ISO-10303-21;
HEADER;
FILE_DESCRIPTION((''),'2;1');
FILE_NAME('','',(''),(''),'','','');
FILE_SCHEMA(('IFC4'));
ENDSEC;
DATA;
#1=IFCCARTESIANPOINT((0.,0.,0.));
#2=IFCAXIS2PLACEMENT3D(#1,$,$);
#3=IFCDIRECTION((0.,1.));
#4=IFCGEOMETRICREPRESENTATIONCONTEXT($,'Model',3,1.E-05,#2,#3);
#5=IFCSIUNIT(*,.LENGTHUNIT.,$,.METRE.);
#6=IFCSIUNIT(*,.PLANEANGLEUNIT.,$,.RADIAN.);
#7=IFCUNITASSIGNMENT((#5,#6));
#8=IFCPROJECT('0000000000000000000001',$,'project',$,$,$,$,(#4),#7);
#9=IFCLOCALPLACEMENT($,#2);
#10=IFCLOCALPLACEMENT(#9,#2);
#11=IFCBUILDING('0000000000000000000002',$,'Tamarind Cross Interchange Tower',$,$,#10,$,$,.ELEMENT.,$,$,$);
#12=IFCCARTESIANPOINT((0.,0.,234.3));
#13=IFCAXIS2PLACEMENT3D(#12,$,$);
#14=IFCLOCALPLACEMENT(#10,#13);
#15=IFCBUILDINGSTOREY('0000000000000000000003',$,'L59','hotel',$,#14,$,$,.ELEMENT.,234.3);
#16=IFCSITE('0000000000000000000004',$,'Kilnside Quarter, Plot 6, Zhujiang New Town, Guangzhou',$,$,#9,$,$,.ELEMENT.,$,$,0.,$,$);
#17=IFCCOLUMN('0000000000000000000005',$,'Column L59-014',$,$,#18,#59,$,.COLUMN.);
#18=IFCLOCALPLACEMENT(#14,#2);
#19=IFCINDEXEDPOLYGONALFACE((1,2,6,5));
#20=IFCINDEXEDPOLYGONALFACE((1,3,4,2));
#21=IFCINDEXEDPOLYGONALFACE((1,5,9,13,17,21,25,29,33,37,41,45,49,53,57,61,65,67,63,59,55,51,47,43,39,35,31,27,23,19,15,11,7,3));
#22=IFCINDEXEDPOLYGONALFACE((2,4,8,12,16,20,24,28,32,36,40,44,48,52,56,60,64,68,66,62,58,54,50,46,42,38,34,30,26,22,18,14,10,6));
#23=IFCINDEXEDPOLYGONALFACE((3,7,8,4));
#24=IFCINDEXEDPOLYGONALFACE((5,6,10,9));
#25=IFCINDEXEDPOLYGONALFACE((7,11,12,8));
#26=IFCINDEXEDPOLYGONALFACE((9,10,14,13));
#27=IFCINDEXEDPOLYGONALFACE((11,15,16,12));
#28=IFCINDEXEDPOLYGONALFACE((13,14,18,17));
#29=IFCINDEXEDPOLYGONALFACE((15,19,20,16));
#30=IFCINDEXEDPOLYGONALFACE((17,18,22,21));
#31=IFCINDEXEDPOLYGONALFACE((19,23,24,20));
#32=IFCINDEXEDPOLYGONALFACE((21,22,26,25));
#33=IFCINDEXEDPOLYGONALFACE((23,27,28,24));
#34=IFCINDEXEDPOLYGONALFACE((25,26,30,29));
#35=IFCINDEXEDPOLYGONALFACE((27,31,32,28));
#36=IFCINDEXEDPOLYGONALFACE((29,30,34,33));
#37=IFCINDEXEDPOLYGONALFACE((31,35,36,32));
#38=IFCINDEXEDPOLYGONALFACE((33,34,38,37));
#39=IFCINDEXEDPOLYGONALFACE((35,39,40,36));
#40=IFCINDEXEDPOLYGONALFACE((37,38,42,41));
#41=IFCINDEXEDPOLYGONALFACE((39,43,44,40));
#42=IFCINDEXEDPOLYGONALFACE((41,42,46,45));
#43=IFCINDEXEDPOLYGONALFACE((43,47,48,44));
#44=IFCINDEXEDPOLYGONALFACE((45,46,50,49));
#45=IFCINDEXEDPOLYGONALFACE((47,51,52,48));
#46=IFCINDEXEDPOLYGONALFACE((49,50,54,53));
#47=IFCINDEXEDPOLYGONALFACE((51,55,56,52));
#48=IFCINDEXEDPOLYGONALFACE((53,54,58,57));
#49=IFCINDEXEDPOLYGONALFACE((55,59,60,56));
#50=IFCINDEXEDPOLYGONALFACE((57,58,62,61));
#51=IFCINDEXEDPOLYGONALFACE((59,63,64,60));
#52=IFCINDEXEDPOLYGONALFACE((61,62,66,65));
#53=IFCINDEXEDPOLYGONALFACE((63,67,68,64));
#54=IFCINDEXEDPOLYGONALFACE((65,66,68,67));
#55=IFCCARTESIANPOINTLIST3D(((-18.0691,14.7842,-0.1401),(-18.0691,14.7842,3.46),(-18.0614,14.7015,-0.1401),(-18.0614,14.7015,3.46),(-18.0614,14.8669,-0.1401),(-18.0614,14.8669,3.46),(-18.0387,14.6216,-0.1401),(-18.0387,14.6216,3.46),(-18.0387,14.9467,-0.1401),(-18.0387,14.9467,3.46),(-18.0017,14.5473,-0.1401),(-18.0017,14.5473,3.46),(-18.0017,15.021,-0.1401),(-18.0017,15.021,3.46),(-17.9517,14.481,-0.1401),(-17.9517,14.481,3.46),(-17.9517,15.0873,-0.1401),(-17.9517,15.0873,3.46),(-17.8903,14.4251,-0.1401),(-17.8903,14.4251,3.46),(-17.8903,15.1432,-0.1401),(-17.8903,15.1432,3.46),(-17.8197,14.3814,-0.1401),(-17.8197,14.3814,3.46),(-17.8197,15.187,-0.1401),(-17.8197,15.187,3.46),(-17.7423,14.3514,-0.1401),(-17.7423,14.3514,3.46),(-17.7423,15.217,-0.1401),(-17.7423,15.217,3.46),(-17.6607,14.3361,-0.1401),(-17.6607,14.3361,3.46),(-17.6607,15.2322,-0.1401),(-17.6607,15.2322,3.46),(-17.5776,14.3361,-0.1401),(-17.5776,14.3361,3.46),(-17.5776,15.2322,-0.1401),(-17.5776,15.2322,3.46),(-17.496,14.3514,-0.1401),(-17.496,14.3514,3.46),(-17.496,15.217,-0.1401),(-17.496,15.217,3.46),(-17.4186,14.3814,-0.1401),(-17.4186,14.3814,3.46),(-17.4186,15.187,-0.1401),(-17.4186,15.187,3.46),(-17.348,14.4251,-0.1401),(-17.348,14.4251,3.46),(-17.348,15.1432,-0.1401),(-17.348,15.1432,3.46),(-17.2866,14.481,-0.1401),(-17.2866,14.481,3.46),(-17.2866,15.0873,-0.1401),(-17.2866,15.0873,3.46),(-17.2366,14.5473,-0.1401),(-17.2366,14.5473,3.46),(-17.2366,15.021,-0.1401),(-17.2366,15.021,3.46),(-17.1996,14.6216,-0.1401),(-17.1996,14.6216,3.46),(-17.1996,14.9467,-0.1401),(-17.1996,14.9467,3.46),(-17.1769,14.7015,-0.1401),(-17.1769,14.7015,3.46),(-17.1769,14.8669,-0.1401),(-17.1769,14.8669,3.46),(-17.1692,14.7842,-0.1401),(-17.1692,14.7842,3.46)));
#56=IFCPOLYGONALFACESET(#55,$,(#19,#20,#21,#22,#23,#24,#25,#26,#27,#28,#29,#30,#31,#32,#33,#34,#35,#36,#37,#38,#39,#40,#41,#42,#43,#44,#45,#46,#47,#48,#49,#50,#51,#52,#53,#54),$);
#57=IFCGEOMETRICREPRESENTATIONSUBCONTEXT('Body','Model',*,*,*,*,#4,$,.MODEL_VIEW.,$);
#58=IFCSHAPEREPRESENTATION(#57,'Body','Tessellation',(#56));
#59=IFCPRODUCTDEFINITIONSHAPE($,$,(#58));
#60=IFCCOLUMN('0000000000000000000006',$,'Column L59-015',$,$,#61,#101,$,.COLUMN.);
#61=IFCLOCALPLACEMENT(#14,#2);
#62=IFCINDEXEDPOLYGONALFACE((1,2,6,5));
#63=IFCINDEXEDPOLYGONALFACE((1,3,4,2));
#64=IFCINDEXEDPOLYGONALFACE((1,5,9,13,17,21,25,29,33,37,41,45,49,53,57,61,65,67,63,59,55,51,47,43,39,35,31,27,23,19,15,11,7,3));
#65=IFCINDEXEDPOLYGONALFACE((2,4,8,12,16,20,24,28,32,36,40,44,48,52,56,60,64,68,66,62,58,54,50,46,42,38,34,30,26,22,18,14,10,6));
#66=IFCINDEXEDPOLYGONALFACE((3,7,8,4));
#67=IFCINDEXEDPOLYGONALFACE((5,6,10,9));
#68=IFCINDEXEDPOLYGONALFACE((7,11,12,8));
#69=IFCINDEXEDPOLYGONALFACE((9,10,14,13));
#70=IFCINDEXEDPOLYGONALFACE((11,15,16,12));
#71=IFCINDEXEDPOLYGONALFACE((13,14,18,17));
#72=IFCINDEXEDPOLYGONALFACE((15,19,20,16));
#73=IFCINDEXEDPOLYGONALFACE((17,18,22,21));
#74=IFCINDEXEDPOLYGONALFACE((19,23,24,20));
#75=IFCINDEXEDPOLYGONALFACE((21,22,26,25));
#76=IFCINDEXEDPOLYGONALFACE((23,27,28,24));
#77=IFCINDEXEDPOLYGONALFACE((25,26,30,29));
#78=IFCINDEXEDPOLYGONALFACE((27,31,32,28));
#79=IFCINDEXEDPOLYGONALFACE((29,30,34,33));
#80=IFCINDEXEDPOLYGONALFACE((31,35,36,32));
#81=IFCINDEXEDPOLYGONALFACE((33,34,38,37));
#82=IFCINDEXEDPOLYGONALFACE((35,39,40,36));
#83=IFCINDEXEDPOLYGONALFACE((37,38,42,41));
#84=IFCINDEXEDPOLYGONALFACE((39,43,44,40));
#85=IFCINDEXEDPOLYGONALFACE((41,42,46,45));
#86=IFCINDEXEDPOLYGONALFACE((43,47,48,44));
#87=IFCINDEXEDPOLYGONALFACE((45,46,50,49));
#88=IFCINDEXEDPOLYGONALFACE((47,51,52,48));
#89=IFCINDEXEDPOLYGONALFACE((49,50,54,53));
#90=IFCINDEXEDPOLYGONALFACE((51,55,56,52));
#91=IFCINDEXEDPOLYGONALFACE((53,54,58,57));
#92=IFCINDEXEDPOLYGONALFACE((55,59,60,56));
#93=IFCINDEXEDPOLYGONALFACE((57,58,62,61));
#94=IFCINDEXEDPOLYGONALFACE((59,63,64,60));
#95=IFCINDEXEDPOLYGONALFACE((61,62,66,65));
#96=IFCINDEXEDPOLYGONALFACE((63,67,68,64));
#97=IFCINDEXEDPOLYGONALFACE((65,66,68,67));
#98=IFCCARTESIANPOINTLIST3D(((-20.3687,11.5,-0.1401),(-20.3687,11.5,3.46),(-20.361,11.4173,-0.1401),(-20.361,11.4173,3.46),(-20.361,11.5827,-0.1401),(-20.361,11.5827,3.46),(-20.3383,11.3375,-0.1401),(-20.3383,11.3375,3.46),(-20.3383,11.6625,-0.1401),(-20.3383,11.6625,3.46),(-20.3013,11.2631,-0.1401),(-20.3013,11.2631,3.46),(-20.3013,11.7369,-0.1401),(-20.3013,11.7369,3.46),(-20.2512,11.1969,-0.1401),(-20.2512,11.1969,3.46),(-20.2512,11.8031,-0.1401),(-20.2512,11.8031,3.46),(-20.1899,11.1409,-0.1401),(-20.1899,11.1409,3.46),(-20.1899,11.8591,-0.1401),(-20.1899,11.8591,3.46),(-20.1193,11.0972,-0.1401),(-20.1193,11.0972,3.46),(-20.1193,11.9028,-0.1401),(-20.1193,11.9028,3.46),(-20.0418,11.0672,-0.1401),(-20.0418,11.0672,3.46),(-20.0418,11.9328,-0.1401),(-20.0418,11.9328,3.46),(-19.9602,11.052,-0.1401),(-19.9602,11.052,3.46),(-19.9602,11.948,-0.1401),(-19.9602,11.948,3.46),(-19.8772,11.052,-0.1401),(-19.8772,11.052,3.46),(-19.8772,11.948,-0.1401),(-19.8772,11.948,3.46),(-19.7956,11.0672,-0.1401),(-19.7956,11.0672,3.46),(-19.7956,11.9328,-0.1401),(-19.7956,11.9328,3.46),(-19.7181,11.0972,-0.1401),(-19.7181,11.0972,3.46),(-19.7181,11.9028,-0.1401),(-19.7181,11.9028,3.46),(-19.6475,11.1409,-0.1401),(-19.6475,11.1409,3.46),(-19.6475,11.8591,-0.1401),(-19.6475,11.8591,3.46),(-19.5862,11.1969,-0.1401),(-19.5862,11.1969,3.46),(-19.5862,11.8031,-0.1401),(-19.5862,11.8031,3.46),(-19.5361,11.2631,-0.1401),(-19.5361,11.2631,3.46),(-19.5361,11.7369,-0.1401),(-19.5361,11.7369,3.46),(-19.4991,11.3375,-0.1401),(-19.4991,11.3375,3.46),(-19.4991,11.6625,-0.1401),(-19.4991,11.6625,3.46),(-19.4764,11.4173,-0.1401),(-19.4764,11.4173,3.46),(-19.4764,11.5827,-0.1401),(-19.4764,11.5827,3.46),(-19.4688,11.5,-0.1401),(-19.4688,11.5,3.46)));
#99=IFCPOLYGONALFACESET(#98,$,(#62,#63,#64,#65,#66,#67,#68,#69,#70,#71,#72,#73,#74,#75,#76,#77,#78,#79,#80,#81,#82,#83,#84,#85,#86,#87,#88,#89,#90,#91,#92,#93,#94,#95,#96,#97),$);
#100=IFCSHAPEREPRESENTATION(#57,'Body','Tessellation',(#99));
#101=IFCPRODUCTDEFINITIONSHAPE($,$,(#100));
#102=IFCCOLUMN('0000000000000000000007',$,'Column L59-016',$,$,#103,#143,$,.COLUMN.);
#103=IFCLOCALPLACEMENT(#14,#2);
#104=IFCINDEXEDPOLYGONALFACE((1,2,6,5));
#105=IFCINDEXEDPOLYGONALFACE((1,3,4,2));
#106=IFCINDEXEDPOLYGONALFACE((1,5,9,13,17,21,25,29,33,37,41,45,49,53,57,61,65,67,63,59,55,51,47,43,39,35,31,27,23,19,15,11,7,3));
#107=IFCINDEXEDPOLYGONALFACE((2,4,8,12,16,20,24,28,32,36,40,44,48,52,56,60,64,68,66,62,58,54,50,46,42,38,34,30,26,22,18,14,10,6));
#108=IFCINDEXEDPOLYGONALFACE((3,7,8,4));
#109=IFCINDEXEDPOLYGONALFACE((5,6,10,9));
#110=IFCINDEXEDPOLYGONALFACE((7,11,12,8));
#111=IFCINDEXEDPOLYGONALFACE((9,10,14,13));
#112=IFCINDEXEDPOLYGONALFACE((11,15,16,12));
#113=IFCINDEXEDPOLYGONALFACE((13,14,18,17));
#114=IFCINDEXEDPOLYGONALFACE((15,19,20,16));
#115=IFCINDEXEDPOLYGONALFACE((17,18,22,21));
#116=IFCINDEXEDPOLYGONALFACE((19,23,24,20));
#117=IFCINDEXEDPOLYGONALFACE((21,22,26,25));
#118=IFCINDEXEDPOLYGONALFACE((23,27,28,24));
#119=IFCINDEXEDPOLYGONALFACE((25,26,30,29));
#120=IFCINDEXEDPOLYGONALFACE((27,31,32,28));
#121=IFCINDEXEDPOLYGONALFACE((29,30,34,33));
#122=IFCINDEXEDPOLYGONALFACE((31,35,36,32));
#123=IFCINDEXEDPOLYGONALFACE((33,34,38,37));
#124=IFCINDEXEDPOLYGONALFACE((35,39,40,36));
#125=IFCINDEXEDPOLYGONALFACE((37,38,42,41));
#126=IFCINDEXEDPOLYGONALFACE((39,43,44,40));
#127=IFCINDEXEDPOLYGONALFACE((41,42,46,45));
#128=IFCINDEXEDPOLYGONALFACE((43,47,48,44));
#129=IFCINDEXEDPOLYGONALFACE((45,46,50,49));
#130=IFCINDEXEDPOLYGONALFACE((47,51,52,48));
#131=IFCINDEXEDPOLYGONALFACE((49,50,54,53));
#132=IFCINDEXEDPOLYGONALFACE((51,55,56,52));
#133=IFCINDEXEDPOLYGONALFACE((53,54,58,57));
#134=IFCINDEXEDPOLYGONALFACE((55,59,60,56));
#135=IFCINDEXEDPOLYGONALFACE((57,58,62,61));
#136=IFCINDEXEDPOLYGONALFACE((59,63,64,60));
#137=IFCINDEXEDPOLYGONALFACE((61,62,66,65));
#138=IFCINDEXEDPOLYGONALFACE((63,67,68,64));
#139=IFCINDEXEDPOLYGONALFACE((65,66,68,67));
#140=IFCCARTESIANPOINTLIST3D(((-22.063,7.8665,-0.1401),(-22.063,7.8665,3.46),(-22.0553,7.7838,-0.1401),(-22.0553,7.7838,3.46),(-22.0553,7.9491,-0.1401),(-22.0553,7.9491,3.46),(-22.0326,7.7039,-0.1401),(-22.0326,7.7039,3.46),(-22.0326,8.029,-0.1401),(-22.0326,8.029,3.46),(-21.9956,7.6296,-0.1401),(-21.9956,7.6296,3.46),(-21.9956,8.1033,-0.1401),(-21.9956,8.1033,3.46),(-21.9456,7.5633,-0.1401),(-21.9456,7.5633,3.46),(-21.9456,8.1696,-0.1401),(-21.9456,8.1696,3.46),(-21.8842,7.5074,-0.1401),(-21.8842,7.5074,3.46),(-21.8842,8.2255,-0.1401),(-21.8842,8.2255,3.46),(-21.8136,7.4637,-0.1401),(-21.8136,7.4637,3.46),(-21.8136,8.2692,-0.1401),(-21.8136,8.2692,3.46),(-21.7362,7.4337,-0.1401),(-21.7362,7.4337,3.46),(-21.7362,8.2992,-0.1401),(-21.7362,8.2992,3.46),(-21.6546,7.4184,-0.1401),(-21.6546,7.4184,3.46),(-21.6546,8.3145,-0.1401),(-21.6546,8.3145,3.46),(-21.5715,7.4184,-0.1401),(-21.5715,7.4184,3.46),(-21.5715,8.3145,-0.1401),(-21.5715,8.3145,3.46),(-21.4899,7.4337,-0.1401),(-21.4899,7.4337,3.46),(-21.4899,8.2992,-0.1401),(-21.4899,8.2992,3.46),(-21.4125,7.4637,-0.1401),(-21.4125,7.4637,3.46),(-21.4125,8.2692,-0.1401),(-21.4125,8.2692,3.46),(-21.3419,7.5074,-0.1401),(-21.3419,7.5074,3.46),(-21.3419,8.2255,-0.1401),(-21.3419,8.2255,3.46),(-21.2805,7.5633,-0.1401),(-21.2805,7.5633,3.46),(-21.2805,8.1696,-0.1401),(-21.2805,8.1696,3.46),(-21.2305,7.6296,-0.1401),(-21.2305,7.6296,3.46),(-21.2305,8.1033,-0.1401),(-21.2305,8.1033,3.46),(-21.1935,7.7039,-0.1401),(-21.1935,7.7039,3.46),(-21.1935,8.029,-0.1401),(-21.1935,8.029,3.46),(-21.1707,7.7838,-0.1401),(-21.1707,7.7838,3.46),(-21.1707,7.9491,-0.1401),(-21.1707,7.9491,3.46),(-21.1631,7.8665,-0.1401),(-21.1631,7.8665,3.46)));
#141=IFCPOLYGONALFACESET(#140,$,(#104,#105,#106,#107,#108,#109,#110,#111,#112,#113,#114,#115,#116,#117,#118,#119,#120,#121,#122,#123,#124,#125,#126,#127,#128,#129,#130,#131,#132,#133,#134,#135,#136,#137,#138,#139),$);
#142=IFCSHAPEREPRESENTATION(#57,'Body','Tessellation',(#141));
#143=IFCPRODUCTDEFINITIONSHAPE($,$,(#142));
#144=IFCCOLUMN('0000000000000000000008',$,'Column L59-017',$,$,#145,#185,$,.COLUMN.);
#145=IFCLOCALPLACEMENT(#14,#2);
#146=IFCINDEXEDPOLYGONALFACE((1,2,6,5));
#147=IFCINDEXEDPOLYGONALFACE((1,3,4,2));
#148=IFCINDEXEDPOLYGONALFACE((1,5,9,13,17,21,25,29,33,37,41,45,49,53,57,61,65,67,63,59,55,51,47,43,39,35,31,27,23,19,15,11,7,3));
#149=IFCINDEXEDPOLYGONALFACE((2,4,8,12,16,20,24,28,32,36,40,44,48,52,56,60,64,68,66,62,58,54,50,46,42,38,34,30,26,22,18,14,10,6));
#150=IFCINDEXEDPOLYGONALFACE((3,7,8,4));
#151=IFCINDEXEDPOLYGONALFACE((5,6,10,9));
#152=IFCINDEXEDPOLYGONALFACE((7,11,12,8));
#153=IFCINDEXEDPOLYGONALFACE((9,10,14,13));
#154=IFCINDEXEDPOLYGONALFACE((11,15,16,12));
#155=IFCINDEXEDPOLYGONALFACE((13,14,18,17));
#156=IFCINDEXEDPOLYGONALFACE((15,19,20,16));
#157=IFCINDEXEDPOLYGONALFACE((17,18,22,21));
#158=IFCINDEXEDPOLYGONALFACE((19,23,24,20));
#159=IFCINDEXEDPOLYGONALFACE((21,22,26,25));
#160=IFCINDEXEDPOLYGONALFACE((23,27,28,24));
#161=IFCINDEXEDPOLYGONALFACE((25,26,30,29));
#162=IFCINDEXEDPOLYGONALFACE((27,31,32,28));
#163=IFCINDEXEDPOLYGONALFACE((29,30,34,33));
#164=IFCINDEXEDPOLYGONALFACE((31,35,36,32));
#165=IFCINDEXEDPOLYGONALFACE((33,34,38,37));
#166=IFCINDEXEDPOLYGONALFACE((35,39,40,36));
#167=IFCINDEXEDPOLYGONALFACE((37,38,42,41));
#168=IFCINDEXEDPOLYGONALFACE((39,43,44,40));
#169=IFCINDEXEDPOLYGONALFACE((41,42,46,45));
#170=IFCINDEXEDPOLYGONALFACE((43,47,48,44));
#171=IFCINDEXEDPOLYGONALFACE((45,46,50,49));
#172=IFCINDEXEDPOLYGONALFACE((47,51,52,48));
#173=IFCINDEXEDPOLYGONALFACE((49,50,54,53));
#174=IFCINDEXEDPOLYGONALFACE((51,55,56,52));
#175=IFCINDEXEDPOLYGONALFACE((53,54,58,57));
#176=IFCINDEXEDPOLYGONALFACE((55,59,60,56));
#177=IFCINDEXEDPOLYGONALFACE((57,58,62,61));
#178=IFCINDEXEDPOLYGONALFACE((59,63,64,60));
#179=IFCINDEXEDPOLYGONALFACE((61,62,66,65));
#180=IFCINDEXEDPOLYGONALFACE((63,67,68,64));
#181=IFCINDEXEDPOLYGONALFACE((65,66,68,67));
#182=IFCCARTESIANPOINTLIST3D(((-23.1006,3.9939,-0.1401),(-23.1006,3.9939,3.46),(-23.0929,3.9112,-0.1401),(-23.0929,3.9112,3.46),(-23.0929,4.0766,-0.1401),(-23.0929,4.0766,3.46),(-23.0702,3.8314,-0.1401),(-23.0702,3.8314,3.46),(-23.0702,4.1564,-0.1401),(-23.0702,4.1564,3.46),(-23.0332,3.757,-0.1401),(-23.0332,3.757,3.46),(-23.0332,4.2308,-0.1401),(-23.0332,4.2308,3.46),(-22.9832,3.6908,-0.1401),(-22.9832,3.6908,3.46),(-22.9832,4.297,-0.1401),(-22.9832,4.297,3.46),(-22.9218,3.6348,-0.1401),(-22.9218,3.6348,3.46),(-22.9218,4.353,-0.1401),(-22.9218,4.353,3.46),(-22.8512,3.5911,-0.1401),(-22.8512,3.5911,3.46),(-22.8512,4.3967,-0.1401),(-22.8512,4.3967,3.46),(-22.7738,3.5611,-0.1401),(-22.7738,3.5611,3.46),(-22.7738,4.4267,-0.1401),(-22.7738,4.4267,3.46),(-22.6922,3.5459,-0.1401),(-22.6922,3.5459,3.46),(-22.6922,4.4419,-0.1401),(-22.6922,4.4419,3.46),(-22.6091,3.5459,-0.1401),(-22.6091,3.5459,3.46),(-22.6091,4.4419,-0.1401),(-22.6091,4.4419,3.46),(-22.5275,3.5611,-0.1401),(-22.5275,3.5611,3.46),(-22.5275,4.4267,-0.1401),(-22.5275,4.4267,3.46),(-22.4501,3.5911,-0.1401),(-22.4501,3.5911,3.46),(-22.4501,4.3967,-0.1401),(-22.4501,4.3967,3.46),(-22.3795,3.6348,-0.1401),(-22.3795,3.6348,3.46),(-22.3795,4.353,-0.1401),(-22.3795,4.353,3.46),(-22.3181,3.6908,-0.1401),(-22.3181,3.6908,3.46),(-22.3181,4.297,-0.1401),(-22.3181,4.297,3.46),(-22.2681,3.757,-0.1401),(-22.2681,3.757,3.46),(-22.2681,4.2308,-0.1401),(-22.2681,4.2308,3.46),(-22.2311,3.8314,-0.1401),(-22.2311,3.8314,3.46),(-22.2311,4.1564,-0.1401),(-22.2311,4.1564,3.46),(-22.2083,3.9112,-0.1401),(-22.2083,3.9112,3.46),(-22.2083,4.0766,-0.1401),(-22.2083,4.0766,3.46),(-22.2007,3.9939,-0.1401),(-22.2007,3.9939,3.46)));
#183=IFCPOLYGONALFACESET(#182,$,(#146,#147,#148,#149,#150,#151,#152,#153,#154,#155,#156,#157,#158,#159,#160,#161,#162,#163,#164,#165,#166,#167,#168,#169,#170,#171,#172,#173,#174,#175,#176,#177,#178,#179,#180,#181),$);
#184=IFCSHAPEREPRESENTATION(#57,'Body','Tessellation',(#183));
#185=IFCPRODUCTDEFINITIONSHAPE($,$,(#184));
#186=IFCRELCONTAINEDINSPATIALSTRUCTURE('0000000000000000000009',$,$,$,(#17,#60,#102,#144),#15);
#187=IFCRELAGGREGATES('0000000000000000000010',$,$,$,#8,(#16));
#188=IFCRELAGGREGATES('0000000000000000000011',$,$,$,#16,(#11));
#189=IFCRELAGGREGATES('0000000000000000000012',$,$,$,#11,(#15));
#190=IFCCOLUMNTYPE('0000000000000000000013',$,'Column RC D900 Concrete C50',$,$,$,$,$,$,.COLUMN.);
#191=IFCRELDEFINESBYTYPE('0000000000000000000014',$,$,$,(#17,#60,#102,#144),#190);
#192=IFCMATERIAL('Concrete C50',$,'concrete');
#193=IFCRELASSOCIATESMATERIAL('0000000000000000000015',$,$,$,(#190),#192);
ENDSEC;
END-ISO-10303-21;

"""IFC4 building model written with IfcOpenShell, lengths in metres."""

from ifc_helpers import new_model, si_unit, direction, frame, origin, origin_2d, place, context, subcontext, project, spatial, circle, extrude, material, material_profile, profile_set, type_object, element, save


model = new_model("IFC4")

# Units and contexts
model_context = context("Model", 3, precision=1e-05, world=origin(), true_north=direction((0.0, 1.0)))
body_context = subcontext(model_context, "Body", "Model", "MODEL_VIEW")
ifc_project = project(units=[si_unit("LENGTHUNIT", "METRE"), si_unit("PLANEANGLEUNIT", "RADIAN")], contexts=[model_context])

# Site, building, storey
site_placement = place(None, origin())
site = spatial("IfcSite", under=ifc_project, at=site_placement, Name="Kilnside Quarter, Plot 6, Zhujiang New Town, Guangzhou", CompositionType="ELEMENT", RefElevation=0.0)
building_placement = place(site_placement, origin())
building = spatial("IfcBuilding", under=site, at=building_placement, Name="Tamarind Cross Interchange Tower", CompositionType="ELEMENT")
storey_placement = place(building_placement, frame((0.0, 0.0, 234.3)))
storey = spatial("IfcBuildingStorey", under=building, at=storey_placement, Name="L59", Description="hotel", CompositionType="ELEMENT", Elevation=234.3)

# Columns
ifc_material_1 = material(Name="Concrete C50", Category="concrete")
ifc_material_profile_1 = material_profile(ifc_material_1, circle(Radius=0.45, at=origin_2d()), Name="RC D900")
ifc_profile_set_1 = profile_set([ifc_material_profile_1], Name="Concrete C50")
column_type = type_object("IfcColumnType", Name="Column RC D900 Concrete C50", PredefinedType="COLUMN", material=ifc_profile_set_1)
for number, where, z_axis, x_axis, name in (
    (1, (-17.6191, 14.7842, -0.1401), (0.0, 0.0, 1.0), (1.0, 0.0, 0.0), "Column L59-014"),
    (2, (-19.9187, 11.5, -0.1401), (0.0, 0.0, 1.0), (1.0, 0.0, 0.0), "Column L59-015"),
    (3, (-21.613, 7.8665, -0.1401), (0.0, 0.0, 1.0), (1.0, 0.0, 0.0), "Column L59-016"),
    (4, (-22.6506, 3.9939, -0.1401), (0.0, 0.0, 1.0), (1.0, 0.0, 0.0), "Column L59-017"),
):
    element("IfcColumn", number, at=place(storey_placement, frame(where, z_axis=z_axis, x_axis=x_axis)), inside=storey, type_object=column_type, Name=name, PredefinedType="COLUMN", context=body_context, shape_type="SweptSolid", body=[
        extrude(circle(Radius=0.45, at=origin_2d()), origin(), (0.0, 0.0, 1.0), 3.6001),
    ])

save(model, "model.ifc")
